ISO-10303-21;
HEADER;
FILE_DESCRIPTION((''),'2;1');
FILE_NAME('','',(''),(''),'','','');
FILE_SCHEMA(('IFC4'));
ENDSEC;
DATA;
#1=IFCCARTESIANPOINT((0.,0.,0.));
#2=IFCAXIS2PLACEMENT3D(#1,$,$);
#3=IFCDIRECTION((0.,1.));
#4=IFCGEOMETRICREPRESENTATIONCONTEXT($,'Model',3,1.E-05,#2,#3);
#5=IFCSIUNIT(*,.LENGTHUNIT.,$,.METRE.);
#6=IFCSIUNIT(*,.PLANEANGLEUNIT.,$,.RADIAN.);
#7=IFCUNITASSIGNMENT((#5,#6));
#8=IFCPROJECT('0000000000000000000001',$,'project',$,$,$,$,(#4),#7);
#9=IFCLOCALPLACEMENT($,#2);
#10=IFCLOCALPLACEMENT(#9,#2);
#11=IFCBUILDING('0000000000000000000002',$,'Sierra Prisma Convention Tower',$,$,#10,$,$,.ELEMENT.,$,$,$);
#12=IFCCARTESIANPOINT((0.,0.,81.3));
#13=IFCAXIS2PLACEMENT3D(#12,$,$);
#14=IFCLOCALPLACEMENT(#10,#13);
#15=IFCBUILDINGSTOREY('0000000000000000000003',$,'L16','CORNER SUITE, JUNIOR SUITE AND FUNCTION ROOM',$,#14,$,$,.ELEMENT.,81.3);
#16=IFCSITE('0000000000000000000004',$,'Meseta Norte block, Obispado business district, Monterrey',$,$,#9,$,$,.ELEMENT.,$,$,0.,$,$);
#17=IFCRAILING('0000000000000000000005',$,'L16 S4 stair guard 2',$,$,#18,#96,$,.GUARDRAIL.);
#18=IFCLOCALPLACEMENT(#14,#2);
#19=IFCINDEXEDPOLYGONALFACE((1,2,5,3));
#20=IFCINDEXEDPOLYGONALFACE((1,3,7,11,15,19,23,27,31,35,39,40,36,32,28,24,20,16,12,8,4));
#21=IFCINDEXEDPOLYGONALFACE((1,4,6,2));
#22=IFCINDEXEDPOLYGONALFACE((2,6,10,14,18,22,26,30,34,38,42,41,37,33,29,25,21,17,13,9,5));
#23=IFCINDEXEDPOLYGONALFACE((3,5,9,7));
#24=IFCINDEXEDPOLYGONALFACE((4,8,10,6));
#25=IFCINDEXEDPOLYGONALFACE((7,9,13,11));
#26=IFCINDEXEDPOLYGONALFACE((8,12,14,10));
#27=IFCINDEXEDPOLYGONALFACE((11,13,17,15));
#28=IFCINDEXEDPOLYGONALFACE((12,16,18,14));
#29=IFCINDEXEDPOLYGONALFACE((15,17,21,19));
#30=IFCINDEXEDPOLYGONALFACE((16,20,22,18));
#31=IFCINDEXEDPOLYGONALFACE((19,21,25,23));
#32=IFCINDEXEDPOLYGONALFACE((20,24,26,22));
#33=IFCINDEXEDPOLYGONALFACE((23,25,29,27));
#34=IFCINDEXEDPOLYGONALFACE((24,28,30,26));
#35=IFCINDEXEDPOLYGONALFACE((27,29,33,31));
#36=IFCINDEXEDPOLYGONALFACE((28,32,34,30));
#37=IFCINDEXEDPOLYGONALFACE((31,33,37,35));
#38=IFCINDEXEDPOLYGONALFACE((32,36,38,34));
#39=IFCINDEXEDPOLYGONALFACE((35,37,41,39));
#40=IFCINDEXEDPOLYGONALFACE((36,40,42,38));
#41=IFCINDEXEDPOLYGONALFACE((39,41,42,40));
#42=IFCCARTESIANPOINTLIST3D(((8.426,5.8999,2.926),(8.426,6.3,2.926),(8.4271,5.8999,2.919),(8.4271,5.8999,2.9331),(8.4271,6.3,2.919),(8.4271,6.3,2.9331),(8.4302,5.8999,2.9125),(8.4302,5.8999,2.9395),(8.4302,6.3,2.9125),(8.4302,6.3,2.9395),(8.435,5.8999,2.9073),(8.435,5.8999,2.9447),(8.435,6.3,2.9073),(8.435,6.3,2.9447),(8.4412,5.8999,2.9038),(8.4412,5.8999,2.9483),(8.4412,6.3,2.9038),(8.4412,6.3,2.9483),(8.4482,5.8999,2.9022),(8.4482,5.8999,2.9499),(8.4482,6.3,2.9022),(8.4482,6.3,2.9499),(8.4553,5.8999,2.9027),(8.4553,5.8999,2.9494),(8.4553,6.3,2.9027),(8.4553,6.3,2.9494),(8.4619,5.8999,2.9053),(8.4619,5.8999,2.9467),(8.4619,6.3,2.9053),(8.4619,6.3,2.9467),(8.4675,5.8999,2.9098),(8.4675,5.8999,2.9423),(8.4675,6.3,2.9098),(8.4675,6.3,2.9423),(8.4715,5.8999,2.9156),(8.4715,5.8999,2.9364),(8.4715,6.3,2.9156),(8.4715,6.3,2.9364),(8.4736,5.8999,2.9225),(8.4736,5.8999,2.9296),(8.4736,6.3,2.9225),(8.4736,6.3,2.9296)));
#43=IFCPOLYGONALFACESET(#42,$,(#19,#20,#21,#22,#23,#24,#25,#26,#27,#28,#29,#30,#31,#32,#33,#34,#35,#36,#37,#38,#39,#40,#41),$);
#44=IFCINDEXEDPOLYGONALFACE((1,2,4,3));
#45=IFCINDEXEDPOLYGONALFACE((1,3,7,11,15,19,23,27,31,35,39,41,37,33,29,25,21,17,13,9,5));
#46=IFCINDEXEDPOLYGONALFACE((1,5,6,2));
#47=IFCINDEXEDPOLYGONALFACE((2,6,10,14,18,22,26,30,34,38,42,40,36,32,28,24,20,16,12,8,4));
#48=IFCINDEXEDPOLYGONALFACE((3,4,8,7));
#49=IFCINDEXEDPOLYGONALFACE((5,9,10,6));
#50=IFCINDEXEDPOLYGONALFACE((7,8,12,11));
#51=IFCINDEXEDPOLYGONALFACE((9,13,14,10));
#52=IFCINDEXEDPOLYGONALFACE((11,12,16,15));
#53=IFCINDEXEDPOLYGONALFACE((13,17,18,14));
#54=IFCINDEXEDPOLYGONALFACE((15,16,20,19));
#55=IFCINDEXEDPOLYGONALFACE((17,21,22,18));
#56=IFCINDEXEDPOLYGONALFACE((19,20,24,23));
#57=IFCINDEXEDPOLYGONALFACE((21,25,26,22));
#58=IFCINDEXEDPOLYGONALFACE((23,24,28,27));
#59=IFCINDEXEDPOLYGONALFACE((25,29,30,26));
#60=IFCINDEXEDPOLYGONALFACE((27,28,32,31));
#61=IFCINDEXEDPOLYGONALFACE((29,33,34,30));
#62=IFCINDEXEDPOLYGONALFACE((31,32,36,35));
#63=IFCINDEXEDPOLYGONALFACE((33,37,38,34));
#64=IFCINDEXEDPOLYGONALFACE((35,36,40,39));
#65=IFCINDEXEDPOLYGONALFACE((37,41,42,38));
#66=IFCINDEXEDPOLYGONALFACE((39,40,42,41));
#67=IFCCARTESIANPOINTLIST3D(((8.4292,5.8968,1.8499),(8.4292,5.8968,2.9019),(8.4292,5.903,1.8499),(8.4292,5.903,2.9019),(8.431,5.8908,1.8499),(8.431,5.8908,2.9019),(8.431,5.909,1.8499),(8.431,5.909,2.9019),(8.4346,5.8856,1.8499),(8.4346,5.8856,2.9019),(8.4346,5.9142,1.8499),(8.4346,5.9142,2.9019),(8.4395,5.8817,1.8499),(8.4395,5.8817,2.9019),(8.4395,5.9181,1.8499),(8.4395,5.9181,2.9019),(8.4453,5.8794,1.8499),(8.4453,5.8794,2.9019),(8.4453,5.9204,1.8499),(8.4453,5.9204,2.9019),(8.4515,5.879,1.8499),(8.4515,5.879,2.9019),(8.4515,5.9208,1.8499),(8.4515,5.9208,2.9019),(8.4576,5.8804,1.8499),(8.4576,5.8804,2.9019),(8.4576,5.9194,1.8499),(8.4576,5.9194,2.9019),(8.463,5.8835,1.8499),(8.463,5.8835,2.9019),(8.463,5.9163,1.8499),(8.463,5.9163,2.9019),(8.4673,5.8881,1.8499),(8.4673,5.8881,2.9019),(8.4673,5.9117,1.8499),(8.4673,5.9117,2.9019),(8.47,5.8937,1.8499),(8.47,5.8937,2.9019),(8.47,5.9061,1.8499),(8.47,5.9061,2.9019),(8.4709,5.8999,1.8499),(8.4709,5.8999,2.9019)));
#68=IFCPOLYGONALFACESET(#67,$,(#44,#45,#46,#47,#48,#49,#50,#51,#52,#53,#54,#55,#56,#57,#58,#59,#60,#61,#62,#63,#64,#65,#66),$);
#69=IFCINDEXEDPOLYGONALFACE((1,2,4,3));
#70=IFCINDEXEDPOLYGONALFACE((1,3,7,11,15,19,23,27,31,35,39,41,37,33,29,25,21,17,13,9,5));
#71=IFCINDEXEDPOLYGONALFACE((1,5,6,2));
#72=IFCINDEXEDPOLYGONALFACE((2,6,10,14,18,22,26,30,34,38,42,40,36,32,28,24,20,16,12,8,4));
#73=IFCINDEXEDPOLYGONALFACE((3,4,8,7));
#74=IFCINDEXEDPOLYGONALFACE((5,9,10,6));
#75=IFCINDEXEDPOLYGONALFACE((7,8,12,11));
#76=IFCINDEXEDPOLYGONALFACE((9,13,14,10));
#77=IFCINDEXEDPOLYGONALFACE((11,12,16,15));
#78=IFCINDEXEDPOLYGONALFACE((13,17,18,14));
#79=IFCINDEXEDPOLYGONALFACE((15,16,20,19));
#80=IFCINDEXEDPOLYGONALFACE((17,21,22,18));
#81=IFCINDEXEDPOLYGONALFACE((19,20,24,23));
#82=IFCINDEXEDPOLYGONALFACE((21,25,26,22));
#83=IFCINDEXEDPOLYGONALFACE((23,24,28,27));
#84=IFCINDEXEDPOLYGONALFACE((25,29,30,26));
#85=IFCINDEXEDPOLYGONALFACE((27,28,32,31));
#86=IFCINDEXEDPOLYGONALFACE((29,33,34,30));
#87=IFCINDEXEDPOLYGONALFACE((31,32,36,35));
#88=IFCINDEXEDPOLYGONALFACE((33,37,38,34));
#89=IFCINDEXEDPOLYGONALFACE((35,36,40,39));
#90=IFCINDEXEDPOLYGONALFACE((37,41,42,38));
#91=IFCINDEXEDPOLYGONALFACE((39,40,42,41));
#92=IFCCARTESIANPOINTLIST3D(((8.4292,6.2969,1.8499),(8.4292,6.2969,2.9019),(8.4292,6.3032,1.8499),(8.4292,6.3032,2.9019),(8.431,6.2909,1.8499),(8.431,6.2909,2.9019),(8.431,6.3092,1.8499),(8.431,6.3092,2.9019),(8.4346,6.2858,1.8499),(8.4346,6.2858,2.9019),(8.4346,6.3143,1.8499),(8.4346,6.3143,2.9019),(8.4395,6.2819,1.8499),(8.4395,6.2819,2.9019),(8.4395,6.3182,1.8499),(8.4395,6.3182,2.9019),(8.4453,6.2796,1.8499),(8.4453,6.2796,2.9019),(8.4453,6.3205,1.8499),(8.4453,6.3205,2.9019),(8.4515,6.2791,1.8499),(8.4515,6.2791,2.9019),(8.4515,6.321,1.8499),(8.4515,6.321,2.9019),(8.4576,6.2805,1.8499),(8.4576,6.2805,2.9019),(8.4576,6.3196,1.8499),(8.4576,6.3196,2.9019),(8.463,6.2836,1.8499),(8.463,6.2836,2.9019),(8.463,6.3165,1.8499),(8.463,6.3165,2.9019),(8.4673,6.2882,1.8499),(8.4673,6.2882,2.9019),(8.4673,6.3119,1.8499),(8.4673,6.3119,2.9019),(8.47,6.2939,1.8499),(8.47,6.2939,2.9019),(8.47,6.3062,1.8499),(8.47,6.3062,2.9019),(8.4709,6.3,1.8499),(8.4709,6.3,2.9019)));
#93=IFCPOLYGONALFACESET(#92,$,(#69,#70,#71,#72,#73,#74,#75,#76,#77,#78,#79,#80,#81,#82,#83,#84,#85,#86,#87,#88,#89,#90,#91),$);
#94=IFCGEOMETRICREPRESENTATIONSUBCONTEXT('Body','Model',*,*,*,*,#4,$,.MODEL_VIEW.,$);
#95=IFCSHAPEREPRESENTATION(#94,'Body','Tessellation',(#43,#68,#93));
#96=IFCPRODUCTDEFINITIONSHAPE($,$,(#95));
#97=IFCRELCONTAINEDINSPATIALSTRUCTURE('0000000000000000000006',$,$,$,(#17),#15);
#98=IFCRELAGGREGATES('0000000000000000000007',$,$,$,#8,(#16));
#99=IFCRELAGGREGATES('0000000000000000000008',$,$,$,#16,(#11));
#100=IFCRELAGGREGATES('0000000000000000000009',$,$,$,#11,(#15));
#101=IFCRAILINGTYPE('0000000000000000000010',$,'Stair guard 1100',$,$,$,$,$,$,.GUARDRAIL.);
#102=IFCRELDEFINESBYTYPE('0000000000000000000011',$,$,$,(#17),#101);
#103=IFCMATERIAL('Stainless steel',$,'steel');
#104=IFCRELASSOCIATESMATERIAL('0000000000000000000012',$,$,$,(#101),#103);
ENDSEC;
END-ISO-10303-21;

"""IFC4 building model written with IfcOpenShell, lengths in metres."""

from ifc_helpers import new_model, si_unit, direction, frame, origin, origin_2d, place, context, subcontext, project, spatial, circle, extrude, material, type_object, element, save


model = new_model("IFC4")

# Units and contexts
model_context = context("Model", 3, precision=1e-05, world=origin(), true_north=direction((0.0, 1.0)))
body_context = subcontext(model_context, "Body", "Model", "MODEL_VIEW")
ifc_project = project(units=[si_unit("LENGTHUNIT", "METRE"), si_unit("PLANEANGLEUNIT", "RADIAN")], contexts=[model_context])

# Site, building, storey
site_placement = place(None, origin())
site = spatial("IfcSite", under=ifc_project, at=site_placement, Name="Meseta Norte block, Obispado business district, Monterrey", CompositionType="ELEMENT", RefElevation=0.0)
building_placement = place(site_placement, origin())
building = spatial("IfcBuilding", under=site, at=building_placement, Name="Sierra Prisma Convention Tower", CompositionType="ELEMENT")
storey_placement = place(building_placement, frame((0.0, 0.0, 81.3)))
storey = spatial("IfcBuildingStorey", under=building, at=storey_placement, Name="L16", Description="CORNER SUITE, JUNIOR SUITE AND FUNCTION ROOM", CompositionType="ELEMENT", Elevation=81.3)

# Railing
ifc_material_1 = material(Name="Stainless steel", Category="steel")
railing_type_1 = type_object("IfcRailingType", Name="Stair guard 1100", PredefinedType="GUARDRAIL", material=ifc_material_1)
railing_1_placement = place(storey_placement, frame((8.45, 5.8999, 1.8499)))
element("IfcRailing", 1, at=railing_1_placement, inside=storey, type_object=railing_type_1, Name="L16 S4 stair guard 2", PredefinedType="GUARDRAIL", context=body_context, shape_type="SweptSolid", body=[
    extrude(circle(Radius=0.0239, at=origin_2d()), frame((0.0, 0.0, 1.0762), z_axis=(0.0, 1.0, 0.0), x_axis=(-1.0, 0.0, 0.0)), (0.0, 0.0, 1.0), 0.4001),
    extrude(circle(Radius=0.021, at=origin_2d()), origin(), (0.0, 0.0, 1.0), 1.052),
    extrude(circle(Radius=0.021, at=origin_2d()), frame((0.0, 0.4001, 0.0)), (0.0, 0.0, 1.0), 1.052),
])

save(model, "model.ifc")
